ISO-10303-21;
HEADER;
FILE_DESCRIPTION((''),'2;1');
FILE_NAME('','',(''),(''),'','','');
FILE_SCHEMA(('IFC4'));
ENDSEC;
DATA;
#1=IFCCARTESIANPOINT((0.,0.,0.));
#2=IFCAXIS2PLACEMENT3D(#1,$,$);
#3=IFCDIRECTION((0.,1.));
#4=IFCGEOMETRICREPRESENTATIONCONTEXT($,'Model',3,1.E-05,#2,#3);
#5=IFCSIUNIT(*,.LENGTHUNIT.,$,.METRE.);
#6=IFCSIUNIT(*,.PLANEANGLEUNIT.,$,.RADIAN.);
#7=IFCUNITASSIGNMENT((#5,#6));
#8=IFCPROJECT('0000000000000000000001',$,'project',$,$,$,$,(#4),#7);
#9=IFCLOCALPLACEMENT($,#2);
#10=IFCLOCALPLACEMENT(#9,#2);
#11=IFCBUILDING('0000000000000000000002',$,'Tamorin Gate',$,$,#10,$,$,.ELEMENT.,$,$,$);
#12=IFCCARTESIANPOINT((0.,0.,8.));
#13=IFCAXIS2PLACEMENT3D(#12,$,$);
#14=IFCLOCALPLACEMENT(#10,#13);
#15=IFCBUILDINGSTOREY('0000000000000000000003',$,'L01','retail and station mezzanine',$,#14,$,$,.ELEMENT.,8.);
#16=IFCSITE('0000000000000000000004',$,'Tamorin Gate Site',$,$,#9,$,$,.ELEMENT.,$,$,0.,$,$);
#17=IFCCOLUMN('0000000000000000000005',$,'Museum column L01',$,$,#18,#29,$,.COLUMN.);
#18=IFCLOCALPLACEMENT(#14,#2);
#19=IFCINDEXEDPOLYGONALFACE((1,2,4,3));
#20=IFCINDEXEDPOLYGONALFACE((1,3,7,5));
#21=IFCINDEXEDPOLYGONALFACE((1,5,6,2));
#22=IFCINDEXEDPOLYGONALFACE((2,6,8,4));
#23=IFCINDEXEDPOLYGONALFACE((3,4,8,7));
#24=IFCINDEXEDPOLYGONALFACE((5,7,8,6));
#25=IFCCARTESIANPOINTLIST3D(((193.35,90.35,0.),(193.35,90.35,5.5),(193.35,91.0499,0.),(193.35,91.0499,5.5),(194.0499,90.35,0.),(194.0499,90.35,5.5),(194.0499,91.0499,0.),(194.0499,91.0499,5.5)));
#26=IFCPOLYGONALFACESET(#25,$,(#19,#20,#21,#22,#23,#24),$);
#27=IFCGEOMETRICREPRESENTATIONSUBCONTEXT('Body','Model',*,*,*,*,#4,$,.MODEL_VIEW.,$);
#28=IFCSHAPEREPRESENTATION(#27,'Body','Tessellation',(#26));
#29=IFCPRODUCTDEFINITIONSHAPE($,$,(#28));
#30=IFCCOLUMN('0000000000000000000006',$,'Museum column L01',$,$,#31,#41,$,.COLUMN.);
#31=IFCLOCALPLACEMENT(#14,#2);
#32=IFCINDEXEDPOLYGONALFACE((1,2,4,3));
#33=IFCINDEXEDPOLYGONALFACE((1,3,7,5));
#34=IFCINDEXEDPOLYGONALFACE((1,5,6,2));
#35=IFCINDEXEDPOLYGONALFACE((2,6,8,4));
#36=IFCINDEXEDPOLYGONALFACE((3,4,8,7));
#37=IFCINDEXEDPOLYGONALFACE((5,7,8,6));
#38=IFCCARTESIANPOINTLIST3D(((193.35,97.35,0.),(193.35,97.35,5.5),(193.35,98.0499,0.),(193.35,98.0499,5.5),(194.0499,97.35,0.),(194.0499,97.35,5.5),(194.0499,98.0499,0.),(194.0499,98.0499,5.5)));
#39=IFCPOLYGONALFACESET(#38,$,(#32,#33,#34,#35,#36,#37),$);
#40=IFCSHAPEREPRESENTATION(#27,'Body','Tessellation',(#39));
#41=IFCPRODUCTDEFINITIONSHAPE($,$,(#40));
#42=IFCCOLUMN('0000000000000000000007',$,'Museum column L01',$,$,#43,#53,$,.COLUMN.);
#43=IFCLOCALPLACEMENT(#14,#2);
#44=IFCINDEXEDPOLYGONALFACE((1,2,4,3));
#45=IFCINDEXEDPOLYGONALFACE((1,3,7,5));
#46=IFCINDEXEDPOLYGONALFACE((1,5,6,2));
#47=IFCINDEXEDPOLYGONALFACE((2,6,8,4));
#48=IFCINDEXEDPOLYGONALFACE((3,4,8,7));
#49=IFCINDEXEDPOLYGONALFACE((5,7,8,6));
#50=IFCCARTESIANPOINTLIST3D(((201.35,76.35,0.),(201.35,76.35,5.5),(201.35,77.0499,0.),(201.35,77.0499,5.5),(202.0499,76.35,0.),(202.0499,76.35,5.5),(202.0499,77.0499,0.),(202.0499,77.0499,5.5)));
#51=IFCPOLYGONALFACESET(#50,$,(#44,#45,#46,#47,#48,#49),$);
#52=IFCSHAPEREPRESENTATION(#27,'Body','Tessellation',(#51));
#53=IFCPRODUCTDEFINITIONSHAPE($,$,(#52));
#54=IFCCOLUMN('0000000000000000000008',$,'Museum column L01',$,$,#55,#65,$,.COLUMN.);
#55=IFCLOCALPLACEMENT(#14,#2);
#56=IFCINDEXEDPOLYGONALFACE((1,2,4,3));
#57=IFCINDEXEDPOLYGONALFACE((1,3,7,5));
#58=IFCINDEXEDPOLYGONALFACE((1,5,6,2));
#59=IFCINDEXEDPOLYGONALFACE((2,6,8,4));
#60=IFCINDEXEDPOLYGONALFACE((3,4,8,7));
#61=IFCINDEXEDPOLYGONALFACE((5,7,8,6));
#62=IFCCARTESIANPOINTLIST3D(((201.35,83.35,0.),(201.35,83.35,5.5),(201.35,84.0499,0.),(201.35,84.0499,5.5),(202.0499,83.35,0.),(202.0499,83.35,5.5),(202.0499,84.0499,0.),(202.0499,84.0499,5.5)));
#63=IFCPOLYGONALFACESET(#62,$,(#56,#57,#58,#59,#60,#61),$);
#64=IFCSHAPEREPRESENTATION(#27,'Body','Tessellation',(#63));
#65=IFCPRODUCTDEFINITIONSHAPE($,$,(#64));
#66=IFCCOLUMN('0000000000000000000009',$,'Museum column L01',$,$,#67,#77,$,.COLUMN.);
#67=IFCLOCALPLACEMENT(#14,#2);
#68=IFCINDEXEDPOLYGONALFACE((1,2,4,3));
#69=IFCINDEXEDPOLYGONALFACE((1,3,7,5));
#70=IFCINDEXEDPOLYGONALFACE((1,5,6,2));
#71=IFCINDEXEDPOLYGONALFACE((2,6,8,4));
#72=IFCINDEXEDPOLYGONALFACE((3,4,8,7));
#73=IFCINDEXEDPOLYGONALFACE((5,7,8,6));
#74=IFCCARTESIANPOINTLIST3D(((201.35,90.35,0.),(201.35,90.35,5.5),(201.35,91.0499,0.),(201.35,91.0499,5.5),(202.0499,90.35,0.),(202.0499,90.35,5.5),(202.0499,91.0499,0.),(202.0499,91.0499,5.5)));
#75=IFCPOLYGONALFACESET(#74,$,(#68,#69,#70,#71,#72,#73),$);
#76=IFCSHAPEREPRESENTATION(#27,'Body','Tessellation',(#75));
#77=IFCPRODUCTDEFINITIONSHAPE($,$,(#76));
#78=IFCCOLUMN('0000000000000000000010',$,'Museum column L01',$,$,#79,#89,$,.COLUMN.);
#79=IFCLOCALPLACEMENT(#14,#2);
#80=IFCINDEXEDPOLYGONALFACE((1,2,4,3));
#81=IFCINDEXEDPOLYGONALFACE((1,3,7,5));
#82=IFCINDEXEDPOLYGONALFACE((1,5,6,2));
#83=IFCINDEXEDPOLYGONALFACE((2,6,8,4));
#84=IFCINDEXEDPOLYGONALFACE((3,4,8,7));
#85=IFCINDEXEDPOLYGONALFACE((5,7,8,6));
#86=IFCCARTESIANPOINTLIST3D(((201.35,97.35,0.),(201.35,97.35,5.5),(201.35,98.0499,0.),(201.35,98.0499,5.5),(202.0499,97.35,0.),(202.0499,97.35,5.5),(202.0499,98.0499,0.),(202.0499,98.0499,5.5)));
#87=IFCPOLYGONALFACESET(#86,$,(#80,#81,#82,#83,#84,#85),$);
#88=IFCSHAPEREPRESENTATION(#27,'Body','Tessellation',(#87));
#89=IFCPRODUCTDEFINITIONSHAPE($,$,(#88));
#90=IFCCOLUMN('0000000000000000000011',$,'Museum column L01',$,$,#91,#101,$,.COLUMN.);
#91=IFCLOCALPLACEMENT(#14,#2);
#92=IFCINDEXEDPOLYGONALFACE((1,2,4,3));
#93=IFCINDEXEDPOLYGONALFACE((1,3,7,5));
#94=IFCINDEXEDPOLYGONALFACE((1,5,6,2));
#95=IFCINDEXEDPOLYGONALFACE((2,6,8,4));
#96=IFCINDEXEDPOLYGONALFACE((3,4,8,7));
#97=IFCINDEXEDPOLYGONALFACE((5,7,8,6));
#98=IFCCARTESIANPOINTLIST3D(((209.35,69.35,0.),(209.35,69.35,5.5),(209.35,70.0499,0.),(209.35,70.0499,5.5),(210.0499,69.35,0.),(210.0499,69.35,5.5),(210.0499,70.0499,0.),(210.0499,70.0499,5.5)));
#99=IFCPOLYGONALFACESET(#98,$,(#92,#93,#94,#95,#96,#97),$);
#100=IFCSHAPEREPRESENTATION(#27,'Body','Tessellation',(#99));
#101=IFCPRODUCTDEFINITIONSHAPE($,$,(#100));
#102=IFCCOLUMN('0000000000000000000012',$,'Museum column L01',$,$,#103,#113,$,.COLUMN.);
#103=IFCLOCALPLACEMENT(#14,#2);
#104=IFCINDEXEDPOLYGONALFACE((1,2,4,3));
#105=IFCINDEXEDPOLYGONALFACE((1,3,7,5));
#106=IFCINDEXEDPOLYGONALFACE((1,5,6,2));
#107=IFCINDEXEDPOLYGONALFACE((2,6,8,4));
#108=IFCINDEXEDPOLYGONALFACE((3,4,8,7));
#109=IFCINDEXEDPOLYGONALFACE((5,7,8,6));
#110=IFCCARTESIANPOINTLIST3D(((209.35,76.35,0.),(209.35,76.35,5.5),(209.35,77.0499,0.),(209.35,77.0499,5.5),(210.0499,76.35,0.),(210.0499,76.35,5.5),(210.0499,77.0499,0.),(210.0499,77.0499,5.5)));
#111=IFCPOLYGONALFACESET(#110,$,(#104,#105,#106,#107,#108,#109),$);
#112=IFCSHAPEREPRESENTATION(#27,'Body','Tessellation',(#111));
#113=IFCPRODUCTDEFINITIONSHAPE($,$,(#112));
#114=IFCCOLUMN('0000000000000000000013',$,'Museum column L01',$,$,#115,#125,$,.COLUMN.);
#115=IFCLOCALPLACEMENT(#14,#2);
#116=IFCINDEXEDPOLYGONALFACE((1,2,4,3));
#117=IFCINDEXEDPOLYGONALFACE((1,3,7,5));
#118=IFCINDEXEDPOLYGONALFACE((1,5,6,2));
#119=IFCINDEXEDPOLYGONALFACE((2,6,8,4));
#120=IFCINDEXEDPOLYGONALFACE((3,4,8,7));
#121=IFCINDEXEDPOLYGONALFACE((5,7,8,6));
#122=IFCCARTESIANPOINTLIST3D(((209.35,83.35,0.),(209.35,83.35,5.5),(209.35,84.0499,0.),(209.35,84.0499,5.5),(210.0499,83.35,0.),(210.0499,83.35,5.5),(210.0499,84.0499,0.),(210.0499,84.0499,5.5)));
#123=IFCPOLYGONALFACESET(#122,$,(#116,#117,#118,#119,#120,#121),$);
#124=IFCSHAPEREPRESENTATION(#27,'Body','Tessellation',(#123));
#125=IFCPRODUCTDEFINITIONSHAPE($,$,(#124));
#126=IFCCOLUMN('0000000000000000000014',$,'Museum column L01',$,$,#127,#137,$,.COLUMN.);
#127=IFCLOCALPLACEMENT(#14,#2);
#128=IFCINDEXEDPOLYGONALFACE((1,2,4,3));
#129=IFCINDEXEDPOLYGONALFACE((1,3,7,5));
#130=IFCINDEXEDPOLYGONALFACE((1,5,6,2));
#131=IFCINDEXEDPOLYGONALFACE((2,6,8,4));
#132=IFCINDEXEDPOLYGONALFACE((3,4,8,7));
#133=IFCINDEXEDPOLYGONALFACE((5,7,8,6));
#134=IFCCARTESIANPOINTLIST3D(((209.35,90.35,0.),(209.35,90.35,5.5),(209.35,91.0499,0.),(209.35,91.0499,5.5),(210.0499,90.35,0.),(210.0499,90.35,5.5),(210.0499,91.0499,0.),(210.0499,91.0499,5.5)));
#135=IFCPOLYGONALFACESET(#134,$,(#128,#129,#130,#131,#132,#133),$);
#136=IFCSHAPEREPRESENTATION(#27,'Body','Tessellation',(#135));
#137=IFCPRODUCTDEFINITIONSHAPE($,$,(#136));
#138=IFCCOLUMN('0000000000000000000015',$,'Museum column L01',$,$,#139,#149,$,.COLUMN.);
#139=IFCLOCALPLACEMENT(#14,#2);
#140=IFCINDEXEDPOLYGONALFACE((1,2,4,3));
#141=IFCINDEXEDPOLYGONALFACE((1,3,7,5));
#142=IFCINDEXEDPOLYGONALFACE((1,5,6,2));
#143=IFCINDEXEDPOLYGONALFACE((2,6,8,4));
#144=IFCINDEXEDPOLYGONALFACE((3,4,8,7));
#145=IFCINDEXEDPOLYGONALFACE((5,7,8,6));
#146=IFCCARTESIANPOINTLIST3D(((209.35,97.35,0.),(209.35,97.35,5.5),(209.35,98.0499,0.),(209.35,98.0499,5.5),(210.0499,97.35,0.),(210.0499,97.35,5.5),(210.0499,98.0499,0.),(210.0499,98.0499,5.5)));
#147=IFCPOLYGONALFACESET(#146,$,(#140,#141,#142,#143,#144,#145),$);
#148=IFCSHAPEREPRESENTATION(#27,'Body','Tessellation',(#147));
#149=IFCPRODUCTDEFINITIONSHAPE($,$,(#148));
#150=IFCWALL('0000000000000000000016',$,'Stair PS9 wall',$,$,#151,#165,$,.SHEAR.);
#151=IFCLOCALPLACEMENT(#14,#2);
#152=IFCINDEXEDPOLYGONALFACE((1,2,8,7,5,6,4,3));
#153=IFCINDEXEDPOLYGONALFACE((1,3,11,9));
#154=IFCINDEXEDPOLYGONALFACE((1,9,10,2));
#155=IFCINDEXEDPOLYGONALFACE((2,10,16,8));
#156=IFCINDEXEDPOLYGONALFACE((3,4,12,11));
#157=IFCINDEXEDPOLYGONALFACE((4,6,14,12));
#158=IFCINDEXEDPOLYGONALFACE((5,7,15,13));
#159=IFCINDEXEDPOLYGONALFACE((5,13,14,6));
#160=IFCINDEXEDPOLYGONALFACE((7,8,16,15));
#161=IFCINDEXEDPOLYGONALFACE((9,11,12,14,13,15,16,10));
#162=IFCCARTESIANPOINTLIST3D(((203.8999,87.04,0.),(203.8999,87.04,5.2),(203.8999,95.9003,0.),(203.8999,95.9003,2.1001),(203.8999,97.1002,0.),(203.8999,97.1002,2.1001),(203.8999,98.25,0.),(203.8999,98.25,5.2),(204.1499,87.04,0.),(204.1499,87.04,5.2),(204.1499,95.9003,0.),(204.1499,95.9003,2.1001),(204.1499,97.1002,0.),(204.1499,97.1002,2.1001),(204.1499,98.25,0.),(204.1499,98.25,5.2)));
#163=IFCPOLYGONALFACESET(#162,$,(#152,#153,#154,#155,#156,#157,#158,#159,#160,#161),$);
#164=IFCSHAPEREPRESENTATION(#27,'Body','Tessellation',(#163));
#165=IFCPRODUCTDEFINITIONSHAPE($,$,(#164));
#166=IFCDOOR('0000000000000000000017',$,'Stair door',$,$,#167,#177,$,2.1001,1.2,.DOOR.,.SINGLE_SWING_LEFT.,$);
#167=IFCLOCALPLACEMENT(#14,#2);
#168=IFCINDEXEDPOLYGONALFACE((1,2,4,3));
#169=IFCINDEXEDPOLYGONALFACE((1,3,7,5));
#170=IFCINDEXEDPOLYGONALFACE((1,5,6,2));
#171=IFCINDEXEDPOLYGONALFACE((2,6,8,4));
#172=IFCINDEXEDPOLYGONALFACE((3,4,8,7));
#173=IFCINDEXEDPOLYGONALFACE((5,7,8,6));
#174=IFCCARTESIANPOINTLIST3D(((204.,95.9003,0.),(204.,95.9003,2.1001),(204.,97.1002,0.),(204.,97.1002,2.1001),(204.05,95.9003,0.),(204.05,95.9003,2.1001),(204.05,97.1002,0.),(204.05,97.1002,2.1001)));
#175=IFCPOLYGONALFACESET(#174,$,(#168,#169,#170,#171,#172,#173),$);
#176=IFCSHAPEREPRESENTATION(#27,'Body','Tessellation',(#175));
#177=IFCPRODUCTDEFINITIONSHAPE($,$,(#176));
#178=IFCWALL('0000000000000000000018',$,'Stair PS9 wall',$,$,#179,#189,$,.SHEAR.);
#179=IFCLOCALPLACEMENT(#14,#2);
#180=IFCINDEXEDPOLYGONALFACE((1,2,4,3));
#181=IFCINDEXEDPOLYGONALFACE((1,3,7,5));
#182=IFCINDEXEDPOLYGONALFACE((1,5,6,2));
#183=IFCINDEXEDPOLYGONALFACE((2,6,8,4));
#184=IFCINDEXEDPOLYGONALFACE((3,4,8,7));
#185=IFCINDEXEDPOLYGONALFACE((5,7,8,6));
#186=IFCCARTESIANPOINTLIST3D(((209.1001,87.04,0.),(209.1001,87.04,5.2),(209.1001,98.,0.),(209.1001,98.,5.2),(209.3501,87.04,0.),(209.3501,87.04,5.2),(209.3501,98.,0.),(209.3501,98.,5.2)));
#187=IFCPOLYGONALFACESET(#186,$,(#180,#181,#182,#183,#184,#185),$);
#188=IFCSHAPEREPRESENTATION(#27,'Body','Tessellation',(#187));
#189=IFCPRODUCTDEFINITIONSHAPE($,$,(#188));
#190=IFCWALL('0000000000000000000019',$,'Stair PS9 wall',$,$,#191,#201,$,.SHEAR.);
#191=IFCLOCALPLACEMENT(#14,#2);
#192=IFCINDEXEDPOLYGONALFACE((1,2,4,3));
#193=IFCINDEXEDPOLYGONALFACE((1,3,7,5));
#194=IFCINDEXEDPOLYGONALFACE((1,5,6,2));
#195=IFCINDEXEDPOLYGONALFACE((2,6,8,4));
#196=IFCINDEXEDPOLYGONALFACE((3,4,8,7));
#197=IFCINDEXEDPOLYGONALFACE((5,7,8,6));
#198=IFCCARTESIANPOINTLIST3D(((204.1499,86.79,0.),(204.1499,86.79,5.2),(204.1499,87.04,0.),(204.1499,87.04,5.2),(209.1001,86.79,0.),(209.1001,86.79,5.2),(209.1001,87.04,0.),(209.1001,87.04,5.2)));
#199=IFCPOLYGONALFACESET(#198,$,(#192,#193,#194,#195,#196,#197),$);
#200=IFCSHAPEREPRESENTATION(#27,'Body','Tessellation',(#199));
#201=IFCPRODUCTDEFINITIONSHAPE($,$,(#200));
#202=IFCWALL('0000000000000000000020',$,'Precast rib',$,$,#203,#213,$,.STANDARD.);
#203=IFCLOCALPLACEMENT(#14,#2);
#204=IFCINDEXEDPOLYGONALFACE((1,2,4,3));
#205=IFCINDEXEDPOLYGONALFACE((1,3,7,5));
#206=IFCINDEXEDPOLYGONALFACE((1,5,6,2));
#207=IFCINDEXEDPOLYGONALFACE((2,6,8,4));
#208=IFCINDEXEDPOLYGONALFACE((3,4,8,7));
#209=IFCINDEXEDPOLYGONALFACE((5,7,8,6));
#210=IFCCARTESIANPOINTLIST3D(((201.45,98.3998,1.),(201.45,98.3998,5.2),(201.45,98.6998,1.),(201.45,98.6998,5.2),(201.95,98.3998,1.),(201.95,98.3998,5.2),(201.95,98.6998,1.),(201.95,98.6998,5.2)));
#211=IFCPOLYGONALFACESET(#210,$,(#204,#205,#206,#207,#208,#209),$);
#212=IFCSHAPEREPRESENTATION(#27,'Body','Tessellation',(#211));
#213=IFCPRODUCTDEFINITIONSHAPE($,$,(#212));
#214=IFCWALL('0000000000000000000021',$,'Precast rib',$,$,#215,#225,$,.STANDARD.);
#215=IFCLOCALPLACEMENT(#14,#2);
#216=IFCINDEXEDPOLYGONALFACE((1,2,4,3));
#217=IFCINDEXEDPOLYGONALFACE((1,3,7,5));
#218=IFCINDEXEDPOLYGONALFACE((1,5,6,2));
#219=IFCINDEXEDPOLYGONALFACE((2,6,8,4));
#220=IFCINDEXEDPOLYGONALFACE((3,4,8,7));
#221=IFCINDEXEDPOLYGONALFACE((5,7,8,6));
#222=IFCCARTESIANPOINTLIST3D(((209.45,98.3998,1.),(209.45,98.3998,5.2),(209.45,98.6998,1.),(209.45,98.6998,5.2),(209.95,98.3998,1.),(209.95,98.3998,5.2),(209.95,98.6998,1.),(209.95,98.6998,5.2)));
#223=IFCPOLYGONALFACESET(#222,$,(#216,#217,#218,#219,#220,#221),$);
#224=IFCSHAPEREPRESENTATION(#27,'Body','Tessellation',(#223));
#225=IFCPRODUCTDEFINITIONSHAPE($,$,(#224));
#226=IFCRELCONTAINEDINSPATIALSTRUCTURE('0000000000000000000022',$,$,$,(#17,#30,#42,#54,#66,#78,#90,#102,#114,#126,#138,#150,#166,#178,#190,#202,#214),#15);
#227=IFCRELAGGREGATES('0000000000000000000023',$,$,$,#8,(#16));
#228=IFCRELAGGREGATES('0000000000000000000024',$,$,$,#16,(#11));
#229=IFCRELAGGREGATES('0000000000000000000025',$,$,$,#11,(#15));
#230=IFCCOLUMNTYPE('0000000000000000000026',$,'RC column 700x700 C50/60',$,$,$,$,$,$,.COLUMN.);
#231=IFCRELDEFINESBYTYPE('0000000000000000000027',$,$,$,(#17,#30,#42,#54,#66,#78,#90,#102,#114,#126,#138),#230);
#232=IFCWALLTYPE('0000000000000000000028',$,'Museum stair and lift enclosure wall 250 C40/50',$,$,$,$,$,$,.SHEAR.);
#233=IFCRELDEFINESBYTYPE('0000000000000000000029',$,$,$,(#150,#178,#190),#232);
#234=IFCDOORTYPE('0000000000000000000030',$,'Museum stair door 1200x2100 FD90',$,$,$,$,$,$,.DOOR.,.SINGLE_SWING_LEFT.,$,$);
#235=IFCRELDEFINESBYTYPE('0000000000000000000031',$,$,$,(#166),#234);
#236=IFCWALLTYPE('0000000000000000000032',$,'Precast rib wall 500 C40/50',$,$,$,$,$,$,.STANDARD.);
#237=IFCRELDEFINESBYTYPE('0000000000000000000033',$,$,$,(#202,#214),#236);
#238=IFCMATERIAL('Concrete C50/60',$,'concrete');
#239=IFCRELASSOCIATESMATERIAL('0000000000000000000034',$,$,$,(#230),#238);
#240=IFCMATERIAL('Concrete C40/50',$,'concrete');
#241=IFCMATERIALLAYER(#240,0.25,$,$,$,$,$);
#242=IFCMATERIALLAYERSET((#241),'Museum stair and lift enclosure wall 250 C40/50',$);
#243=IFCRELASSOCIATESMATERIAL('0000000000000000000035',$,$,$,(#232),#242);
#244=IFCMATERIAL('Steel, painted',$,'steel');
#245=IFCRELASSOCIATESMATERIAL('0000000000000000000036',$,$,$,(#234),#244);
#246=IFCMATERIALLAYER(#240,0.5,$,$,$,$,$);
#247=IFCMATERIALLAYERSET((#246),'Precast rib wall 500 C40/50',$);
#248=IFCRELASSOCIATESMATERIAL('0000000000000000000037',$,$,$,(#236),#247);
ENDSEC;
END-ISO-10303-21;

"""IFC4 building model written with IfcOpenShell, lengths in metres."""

from ifc_helpers import new_model, si_unit, direction, frame, frame_2d, origin, origin_2d, place, context, subcontext, project, spatial, rectangle, extrude, material, layer, layer_set, material_profile, profile_set, type_object, element, fill, save


model = new_model("IFC4")

# Units and contexts
model_context = context("Model", 3, precision=1e-05, world=origin(), true_north=direction((0.0, 1.0)))
body_context = subcontext(model_context, "Body", "Model", "MODEL_VIEW")
ifc_project = project(units=[si_unit("LENGTHUNIT", "METRE"), si_unit("PLANEANGLEUNIT", "RADIAN")], contexts=[model_context])

# Site, building, storey
site_placement = place(None, origin())
site = spatial("IfcSite", under=ifc_project, at=site_placement, Name="Tamorin Gate Site", CompositionType="ELEMENT", RefElevation=0.0)
building_placement = place(site_placement, origin())
building = spatial("IfcBuilding", under=site, at=building_placement, Name="Tamorin Gate", CompositionType="ELEMENT")
storey_placement = place(building_placement, frame((0.0, 0.0, 8.0)))
storey = spatial("IfcBuildingStorey", under=building, at=storey_placement, Name="L01", Description="retail and station mezzanine", CompositionType="ELEMENT", Elevation=8.0)

# Columns
ifc_material_1 = material(Name="Concrete C50/60", Category="concrete")
ifc_material_profile = material_profile(ifc_material_1, rectangle(XDim=0.7, YDim=0.7, at=origin_2d()), Name="RC 700x700")
ifc_profile_set = profile_set([ifc_material_profile], Name="Concrete C50/60")
column_type = type_object("IfcColumnType", Name="RC column 700x700 C50/60", PredefinedType="COLUMN", material=ifc_profile_set)
for number, where, z_axis, x_axis, name in (
    (1, (193.7, 90.7, 0.0), (0.0, 0.0, 1.0), (1.0, 0.0, 0.0), "Museum column L01"),
    (2, (193.7, 97.7, 0.0), (0.0, 0.0, 1.0), (1.0, 0.0, 0.0), "Museum column L01"),
    (3, (201.7, 76.7, 0.0), (0.0, 0.0, 1.0), (1.0, 0.0, 0.0), "Museum column L01"),
    (4, (201.7, 83.7, 0.0), (0.0, 0.0, 1.0), (1.0, 0.0, 0.0), "Museum column L01"),
    (5, (201.7, 90.7, 0.0), (0.0, 0.0, 1.0), (1.0, 0.0, 0.0), "Museum column L01"),
    (6, (201.7, 97.7, 0.0), (0.0, 0.0, 1.0), (1.0, 0.0, 0.0), "Museum column L01"),
    (7, (209.7, 69.7, 0.0), (0.0, 0.0, 1.0), (1.0, 0.0, 0.0), "Museum column L01"),
    (8, (209.7, 76.7, 0.0), (0.0, 0.0, 1.0), (1.0, 0.0, 0.0), "Museum column L01"),
    (9, (209.7, 83.7, 0.0), (0.0, 0.0, 1.0), (1.0, 0.0, 0.0), "Museum column L01"),
    (10, (209.7, 90.7, 0.0), (0.0, 0.0, 1.0), (1.0, 0.0, 0.0), "Museum column L01"),
    (11, (209.7, 97.7, 0.0), (0.0, 0.0, 1.0), (1.0, 0.0, 0.0), "Museum column L01"),
):
    element("IfcColumn", number, at=place(storey_placement, frame(where, z_axis=z_axis, x_axis=x_axis)), inside=storey, type_object=column_type, Name=name, PredefinedType="COLUMN", context=body_context, shape_type="SweptSolid", body=[
        extrude(rectangle(XDim=0.7, YDim=0.7, at=origin_2d()), origin(), (0.0, 0.0, 1.0), 5.5),
    ])

# Wall, opening, door
ifc_material_2 = material(Name="Concrete C40/50", Category="concrete")
ifc_layer_1 = layer(ifc_material_2, 0.25)
ifc_layer_set_1 = layer_set([ifc_layer_1], Name="Museum stair and lift enclosure wall 250 C40/50")
wall_type_1 = type_object("IfcWallType", Name="Museum stair and lift enclosure wall 250 C40/50", PredefinedType="SHEAR", material=ifc_layer_set_1)
wall_1_placement = place(storey_placement, frame((204.0249, 87.04, 0.0), z_axis=(0.0, 0.0, 1.0), x_axis=(0.0, 1.0, 0.0)))
wall_1 = element("IfcWall", 12, at=wall_1_placement, inside=storey, type_object=wall_type_1, Name="Stair PS9 wall", PredefinedType="SHEAR", context=body_context, shape_type="SweptSolid", body=[
    extrude(rectangle(XDim=11.21, YDim=0.25, at=frame_2d((5.605, 0.0))), origin(), (0.0, 0.0, 1.0), 5.2),
])
opening_placement = place(wall_1_placement, frame((8.8601, 0.0, 0.0)))
opening = element("IfcOpeningElement", 13, at=opening_placement, cuts=wall_1, PredefinedType="OPENING", context=body_context, shape_type="SweptSolid", body=[
    extrude(rectangle(XDim=1.2, YDim=2.1001, at=frame_2d((0.6001, 1.05))), frame((0.0, 0.135, 0.0), z_axis=(0.0, -1.0, 0.0), x_axis=(1.0, 0.0, 0.0)), (0.0, 0.0, 1.0), 0.27),
])
ifc_material_3 = material(Name="Steel, painted", Category="steel")
door_type = type_object("IfcDoorType", Name="Museum stair door 1200x2100 FD90", OperationType="SINGLE_SWING_LEFT", PredefinedType="DOOR", material=ifc_material_3)
door_placement = place(opening_placement, origin())
door = element("IfcDoor", 14, at=door_placement, inside=storey, type_object=door_type, Name="Stair door", OperationType="SINGLE_SWING_LEFT", OverallHeight=2.1001, OverallWidth=1.2, PredefinedType="DOOR", context=body_context, shape_type="SweptSolid", body=[
    extrude(rectangle(XDim=1.2, YDim=2.1001, at=frame_2d((0.6001, 1.05))), frame((0.0, 0.0249, 0.0), z_axis=(0.0, -1.0, 0.0), x_axis=(1.0, 0.0, 0.0)), (0.0, 0.0, 1.0), 0.05),
])
fill(opening, door)

# Walls
wall_2_placement = place(storey_placement, frame((209.2251, 87.04, 0.0), z_axis=(0.0, 0.0, 1.0), x_axis=(0.0, 1.0, 0.0)))
element("IfcWall", 15, at=wall_2_placement, inside=storey, type_object=wall_type_1, Name="Stair PS9 wall", PredefinedType="SHEAR", context=body_context, shape_type="SweptSolid", body=[
    extrude(rectangle(XDim=10.96, YDim=0.25, at=frame_2d((5.48, 0.0))), origin(), (0.0, 0.0, 1.0), 5.2),
])
wall_3_placement = place(storey_placement, frame((204.1499, 86.915, 0.0), z_axis=(0.0, 0.0, 1.0), x_axis=(1.0, 0.0, 0.0)))
element("IfcWall", 16, at=wall_3_placement, inside=storey, type_object=wall_type_1, Name="Stair PS9 wall", PredefinedType="SHEAR", context=body_context, shape_type="SweptSolid", body=[
    extrude(rectangle(XDim=4.9502, YDim=0.25, at=frame_2d((2.4751, 0.0))), origin(), (0.0, 0.0, 1.0), 5.2),
])
ifc_layer_2 = layer(ifc_material_2, 0.5)
ifc_layer_set_2 = layer_set([ifc_layer_2], Name="Precast rib wall 500 C40/50")
wall_type_2 = type_object("IfcWallType", Name="Precast rib wall 500 C40/50", PredefinedType="STANDARD", material=ifc_layer_set_2)
for number, where, z_axis, x_axis, name in (
    (17, (201.7, 98.3999, 1.0), (0.0, 0.0, 1.0), (0.0, 1.0, 0.0), "Precast rib"),
    (18, (209.7, 98.3999, 1.0), (0.0, 0.0, 1.0), (0.0, 1.0, 0.0), "Precast rib"),
):
    element("IfcWall", number, at=place(storey_placement, frame(where, z_axis=z_axis, x_axis=x_axis)), inside=storey, type_object=wall_type_2, Name=name, PredefinedType="STANDARD", context=body_context, shape_type="SweptSolid", body=[
        extrude(rectangle(XDim=0.3, YDim=0.5, at=frame_2d((0.1499, 0.0))), origin(), (0.0, 0.0, 1.0), 4.2),
    ])

save(model, "model.ifc")
